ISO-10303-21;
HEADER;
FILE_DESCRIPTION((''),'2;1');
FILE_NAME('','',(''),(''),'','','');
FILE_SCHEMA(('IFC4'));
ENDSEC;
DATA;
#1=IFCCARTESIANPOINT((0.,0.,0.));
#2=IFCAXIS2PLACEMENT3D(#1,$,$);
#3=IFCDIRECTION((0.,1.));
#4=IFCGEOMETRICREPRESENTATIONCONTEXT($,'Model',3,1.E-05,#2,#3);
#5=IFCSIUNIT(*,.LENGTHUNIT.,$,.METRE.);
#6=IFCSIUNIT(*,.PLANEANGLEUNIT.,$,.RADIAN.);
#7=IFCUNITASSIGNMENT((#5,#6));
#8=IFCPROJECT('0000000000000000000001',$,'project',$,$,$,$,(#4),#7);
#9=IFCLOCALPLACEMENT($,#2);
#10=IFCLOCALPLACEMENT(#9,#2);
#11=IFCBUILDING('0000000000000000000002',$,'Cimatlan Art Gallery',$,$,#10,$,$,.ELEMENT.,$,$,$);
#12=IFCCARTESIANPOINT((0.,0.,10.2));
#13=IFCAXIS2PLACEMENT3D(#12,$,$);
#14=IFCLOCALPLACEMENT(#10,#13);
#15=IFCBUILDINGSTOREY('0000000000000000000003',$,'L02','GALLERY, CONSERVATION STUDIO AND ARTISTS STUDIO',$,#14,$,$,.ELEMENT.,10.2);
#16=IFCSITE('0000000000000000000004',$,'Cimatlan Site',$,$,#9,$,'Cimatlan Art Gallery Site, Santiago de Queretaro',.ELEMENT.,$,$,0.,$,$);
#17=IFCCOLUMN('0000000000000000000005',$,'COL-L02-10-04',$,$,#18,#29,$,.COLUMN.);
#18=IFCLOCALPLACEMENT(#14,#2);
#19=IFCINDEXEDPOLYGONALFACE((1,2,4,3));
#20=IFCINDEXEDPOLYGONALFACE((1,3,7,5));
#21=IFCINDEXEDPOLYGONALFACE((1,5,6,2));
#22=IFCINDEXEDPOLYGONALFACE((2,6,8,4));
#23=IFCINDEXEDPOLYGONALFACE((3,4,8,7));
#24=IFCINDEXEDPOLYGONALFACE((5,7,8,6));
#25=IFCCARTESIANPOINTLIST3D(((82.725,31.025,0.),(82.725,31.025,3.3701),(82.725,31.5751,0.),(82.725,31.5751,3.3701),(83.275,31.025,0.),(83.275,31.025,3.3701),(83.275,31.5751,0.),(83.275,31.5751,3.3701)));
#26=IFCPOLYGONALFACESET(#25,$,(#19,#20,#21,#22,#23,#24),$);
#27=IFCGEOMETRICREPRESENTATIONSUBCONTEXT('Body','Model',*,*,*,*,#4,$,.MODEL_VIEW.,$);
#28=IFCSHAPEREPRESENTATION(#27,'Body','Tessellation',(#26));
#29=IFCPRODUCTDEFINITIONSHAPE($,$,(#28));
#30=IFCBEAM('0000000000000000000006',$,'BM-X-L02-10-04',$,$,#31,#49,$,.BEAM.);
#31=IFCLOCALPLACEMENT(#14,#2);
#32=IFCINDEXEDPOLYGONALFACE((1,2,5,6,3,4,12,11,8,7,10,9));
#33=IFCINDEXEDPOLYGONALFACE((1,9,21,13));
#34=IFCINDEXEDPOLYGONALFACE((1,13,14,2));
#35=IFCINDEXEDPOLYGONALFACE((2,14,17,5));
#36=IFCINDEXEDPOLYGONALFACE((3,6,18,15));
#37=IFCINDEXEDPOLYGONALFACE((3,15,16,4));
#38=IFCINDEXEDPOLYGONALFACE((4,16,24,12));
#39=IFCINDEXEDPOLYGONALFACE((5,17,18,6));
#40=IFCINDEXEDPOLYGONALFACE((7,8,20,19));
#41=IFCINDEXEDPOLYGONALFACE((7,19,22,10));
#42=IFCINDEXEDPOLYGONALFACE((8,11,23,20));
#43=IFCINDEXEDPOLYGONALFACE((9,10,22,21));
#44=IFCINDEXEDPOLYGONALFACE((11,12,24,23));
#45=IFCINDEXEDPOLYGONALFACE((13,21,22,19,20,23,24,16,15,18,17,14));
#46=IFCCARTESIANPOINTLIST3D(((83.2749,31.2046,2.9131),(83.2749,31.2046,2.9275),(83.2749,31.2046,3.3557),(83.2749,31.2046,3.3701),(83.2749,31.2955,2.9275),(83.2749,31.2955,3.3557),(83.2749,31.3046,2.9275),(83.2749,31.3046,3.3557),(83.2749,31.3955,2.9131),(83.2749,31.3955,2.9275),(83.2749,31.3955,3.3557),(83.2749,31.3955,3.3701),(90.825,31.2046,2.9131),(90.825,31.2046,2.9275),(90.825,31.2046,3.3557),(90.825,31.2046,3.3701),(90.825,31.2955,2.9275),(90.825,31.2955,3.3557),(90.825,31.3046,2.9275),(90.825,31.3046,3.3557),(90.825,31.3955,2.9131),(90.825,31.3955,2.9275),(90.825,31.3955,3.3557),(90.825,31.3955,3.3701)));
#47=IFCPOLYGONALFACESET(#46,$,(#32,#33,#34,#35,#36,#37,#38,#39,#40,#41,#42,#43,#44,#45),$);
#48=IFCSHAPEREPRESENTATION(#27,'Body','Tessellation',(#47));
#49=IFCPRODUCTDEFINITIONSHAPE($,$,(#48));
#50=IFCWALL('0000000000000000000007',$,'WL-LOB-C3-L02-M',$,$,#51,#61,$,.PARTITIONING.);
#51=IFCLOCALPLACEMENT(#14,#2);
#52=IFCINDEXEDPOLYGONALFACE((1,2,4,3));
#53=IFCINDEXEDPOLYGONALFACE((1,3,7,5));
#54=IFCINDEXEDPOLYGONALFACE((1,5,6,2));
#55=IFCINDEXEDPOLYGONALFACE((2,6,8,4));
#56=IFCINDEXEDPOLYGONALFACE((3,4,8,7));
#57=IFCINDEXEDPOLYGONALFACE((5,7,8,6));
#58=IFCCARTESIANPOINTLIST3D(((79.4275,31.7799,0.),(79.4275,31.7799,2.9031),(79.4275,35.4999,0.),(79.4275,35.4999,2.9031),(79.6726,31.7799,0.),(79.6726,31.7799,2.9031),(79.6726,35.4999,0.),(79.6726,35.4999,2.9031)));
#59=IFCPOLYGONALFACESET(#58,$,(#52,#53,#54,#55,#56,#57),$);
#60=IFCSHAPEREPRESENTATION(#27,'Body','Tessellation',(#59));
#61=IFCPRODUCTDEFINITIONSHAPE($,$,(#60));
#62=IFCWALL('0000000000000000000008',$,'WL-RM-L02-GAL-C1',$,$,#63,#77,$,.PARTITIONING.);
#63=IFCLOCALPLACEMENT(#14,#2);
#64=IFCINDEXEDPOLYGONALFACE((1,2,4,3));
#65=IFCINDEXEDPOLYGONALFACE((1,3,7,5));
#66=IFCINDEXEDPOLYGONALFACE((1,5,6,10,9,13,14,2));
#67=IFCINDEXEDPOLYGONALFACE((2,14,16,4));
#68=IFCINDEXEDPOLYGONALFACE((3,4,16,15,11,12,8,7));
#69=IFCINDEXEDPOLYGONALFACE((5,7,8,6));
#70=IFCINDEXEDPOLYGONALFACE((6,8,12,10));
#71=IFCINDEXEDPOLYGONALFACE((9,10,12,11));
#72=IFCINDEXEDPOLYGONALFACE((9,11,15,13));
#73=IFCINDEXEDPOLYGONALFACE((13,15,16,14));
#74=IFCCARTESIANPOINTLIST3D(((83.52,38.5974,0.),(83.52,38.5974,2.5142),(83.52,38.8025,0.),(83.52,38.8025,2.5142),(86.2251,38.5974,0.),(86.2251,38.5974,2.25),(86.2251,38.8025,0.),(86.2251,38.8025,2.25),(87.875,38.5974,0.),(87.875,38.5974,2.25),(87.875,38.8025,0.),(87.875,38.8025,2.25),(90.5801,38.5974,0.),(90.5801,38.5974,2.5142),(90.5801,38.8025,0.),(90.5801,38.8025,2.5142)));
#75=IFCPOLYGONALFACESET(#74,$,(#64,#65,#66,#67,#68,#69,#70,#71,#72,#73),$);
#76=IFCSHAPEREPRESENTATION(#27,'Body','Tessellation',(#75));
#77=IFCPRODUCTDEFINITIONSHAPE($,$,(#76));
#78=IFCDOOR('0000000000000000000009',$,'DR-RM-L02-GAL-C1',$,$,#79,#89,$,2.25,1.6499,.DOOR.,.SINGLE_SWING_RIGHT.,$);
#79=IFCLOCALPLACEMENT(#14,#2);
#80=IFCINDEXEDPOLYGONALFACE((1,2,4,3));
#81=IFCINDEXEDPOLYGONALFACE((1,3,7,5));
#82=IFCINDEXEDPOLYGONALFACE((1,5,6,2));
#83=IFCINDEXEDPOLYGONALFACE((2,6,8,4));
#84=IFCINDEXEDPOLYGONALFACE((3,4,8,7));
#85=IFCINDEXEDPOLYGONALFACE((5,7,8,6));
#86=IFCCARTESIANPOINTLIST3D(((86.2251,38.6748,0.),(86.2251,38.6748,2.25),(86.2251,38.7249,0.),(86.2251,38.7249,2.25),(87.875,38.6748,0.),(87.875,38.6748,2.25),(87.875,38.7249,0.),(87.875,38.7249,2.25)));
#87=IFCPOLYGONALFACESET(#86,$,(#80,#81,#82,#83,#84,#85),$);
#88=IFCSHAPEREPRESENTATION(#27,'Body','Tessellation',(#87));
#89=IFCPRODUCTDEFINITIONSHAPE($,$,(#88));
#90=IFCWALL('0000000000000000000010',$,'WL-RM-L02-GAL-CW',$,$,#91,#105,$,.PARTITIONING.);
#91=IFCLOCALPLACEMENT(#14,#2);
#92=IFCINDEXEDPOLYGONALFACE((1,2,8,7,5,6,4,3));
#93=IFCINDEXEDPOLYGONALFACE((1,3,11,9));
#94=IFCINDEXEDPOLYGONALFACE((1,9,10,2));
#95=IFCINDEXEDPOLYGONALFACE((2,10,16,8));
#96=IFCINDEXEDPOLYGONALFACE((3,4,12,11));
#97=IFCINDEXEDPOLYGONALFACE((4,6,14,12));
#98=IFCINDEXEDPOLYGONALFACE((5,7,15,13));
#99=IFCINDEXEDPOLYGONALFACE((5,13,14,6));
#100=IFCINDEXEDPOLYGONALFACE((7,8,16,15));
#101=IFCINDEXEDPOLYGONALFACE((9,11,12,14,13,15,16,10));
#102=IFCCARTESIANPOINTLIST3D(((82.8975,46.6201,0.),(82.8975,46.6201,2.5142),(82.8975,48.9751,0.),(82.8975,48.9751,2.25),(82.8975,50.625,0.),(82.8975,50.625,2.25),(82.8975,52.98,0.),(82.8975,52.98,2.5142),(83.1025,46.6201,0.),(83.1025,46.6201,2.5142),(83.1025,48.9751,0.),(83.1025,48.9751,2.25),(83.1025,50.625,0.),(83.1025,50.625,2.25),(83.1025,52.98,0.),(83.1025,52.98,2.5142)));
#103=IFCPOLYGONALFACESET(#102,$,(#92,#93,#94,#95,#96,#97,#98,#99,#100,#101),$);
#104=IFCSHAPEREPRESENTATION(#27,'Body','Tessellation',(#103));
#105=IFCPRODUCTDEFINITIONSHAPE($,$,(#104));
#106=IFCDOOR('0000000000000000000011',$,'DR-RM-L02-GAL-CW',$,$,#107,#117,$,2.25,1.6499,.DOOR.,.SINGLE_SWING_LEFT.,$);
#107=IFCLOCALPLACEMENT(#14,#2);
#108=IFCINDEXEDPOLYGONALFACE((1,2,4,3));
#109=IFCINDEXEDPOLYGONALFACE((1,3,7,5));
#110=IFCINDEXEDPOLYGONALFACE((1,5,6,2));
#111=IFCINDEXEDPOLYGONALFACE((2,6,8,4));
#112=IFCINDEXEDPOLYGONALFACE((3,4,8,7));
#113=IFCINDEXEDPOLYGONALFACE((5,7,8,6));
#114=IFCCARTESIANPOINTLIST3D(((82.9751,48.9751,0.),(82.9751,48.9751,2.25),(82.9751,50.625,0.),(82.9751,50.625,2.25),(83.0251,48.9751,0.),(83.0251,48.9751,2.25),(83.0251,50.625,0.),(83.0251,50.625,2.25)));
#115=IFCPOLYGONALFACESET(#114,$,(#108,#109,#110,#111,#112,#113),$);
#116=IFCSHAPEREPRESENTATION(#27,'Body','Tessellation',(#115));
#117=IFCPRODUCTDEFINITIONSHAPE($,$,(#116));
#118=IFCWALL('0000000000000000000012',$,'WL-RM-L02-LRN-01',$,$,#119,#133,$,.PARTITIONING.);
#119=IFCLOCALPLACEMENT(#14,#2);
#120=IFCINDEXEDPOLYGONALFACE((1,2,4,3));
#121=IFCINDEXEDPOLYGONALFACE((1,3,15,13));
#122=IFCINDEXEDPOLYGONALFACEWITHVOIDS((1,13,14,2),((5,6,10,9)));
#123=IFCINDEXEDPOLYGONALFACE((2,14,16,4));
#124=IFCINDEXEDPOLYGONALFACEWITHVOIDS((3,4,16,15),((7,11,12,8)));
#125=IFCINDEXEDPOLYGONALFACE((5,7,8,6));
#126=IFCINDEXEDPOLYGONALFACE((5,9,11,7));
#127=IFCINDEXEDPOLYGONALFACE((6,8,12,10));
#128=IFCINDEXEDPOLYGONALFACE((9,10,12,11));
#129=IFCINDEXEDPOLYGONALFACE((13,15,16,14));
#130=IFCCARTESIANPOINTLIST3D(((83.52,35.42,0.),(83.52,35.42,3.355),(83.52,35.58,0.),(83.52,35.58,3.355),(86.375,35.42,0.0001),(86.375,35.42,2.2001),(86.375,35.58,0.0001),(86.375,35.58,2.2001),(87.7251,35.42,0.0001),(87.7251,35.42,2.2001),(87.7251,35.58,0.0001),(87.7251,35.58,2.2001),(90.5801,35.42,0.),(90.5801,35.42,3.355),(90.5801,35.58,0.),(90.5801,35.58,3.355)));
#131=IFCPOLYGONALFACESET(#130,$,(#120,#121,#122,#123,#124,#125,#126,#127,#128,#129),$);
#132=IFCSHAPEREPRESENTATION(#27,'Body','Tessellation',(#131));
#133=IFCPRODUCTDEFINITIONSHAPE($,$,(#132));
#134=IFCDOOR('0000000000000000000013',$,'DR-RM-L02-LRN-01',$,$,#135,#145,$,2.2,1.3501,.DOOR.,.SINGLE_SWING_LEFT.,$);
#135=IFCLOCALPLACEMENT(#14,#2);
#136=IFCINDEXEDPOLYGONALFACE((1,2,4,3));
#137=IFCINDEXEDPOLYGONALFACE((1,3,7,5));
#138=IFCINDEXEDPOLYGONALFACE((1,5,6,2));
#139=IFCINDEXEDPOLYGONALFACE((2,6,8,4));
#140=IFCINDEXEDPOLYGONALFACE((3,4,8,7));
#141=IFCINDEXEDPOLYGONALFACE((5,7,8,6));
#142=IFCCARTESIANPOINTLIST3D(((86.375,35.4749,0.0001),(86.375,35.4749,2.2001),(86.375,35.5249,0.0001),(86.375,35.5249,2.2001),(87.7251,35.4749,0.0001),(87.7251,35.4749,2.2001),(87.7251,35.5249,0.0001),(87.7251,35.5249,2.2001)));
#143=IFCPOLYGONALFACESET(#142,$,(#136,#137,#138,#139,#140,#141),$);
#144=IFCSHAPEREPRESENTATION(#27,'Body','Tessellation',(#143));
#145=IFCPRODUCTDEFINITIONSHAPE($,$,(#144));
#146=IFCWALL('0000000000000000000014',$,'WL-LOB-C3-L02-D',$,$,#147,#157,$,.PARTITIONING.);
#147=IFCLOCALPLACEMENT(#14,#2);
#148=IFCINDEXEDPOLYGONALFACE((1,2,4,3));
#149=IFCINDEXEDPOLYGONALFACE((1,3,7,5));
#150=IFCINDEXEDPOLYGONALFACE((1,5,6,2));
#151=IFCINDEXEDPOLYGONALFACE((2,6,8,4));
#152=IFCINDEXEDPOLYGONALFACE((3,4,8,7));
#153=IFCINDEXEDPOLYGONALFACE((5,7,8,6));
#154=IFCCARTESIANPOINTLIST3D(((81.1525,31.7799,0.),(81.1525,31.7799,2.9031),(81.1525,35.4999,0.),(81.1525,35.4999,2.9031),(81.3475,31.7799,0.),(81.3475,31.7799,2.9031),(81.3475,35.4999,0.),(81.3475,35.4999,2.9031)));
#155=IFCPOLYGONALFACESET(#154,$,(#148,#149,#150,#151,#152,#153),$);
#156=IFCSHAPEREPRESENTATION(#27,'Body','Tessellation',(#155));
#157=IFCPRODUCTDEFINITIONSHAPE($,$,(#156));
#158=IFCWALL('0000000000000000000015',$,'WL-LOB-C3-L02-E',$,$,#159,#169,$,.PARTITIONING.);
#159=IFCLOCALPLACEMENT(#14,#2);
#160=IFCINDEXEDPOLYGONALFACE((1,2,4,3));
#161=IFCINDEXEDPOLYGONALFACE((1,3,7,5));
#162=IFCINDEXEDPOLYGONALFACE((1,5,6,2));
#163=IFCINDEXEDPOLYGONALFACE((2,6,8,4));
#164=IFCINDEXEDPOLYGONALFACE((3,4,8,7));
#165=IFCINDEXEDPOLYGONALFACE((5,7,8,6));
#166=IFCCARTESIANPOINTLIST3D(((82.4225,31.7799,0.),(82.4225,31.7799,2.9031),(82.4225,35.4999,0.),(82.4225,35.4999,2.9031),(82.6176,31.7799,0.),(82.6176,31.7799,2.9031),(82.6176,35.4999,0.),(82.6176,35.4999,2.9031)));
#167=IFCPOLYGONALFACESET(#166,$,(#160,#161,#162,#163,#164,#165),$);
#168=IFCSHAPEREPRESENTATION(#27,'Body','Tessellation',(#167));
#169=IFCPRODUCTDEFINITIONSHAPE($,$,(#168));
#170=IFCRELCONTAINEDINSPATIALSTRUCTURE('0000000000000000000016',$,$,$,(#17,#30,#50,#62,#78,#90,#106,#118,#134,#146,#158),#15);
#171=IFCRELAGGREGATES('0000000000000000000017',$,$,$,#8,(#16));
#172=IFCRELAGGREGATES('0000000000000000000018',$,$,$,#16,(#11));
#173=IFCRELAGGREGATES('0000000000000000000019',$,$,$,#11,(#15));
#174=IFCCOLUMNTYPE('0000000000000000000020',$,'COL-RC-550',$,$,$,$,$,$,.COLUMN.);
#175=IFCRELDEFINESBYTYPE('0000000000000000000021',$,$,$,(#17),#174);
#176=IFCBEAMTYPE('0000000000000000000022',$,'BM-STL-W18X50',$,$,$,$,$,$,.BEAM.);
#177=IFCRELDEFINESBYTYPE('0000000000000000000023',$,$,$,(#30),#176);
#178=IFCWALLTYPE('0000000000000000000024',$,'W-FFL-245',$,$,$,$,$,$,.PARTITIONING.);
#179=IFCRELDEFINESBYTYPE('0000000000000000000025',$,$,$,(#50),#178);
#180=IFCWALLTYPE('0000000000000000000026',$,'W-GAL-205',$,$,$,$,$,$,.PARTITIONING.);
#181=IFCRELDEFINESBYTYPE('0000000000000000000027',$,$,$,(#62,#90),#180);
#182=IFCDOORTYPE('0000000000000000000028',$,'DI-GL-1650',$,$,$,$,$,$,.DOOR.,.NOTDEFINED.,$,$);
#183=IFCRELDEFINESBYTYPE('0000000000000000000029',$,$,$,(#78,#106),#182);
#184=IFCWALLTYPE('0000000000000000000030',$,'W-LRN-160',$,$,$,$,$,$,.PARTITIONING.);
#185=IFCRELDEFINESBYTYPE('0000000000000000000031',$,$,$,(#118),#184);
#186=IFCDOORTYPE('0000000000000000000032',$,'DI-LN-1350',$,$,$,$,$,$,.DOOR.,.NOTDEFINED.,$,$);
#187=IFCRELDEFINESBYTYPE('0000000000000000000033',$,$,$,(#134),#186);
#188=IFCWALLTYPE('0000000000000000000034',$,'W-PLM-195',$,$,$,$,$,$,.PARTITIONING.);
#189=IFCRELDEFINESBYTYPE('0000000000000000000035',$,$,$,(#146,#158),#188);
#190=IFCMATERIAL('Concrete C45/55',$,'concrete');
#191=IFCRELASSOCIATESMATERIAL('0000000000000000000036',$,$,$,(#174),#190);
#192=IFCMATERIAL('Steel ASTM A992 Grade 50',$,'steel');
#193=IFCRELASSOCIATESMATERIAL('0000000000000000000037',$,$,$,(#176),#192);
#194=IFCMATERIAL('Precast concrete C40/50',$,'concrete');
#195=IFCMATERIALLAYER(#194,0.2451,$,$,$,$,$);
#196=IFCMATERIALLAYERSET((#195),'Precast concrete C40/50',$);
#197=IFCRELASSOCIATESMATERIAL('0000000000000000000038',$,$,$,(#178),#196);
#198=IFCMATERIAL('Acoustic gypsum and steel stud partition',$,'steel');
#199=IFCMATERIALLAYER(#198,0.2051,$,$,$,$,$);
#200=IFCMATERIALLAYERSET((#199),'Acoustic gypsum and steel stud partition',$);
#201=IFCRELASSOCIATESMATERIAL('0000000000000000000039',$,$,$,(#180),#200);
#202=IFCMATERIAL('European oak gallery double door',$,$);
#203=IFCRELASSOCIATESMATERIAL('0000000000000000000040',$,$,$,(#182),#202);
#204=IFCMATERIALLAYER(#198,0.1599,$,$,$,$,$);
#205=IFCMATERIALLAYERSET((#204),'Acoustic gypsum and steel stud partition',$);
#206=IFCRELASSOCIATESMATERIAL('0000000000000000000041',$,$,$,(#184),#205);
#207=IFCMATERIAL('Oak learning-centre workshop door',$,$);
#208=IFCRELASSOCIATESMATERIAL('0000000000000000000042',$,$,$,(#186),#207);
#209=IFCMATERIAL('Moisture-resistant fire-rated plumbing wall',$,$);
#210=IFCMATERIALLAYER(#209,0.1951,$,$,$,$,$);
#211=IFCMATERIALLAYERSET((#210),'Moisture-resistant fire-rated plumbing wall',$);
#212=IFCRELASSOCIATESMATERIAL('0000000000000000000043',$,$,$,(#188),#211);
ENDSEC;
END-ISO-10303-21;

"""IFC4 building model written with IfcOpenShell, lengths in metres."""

from ifc_helpers import new_model, si_unit, direction, frame, frame_2d, origin, origin_2d, place, context, subcontext, project, spatial, rectangle, i_section, extrude, material, layer, layer_set, material_profile, profile_set, type_object, element, fill, save


model = new_model("IFC4")

# Units and contexts
model_context = context("Model", 3, precision=1e-05, world=origin(), true_north=direction((0.0, 1.0)))
body_context = subcontext(model_context, "Body", "Model", "MODEL_VIEW")
ifc_project = project(units=[si_unit("LENGTHUNIT", "METRE"), si_unit("PLANEANGLEUNIT", "RADIAN")], contexts=[model_context])

# Site, building, storey
site_placement = place(None, origin())
site = spatial("IfcSite", under=ifc_project, at=site_placement, Name="Cimatlan Site", LongName="Cimatlan Art Gallery Site, Santiago de Queretaro", CompositionType="ELEMENT", RefElevation=0.0)
building_placement = place(site_placement, origin())
building = spatial("IfcBuilding", under=site, at=building_placement, Name="Cimatlan Art Gallery", CompositionType="ELEMENT")
storey_placement = place(building_placement, frame((0.0, 0.0, 10.2)))
storey = spatial("IfcBuildingStorey", under=building, at=storey_placement, Name="L02", Description="GALLERY, CONSERVATION STUDIO AND ARTISTS STUDIO", CompositionType="ELEMENT", Elevation=10.2)

# Column
ifc_material_1 = material(Name="Concrete C45/55", Category="concrete")
ifc_material_profile_1 = material_profile(ifc_material_1, rectangle(XDim=0.55, YDim=0.55, at=origin_2d()), Name="RC550X550")
ifc_profile_set_1 = profile_set([ifc_material_profile_1], Name="Concrete C45/55")
column_type = type_object("IfcColumnType", Name="COL-RC-550", PredefinedType="COLUMN", material=ifc_profile_set_1)
column_placement = place(storey_placement, frame((83.0, 31.3, 0.0), z_axis=(0.0, 0.0, 1.0), x_axis=(1.0, 0.0, 0.0)))
element("IfcColumn", 1, at=column_placement, inside=storey, type_object=column_type, Name="COL-L02-10-04", PredefinedType="COLUMN", context=body_context, shape_type="SweptSolid", body=[
    extrude(rectangle(XDim=0.55, YDim=0.55, at=origin_2d()), origin(), (0.0, 0.0, 1.0), 3.3701),
])

# Beam
ifc_material_2 = material(Name="Steel ASTM A992 Grade 50", Category="steel")
ifc_material_profile_2 = material_profile(ifc_material_2, i_section(OverallWidth=0.1909, OverallDepth=0.457, WebThickness=0.009, FlangeThickness=0.0144, at=origin_2d()), Name="W18X50")
ifc_profile_set_2 = profile_set([ifc_material_profile_2], Name="Steel ASTM A992 Grade 50")
beam_type = type_object("IfcBeamType", Name="BM-STL-W18X50", PredefinedType="BEAM", material=ifc_profile_set_2)
beam_placement = place(storey_placement, frame((83.2749, 31.3, 3.1416), z_axis=(1.0, 0.0, 0.0), x_axis=(0.0, 1.0, 0.0)))
element("IfcBeam", 2, at=beam_placement, inside=storey, type_object=beam_type, Name="BM-X-L02-10-04", PredefinedType="BEAM", context=body_context, shape_type="SweptSolid", body=[
    extrude(i_section(OverallWidth=0.1909, OverallDepth=0.457, WebThickness=0.009, FlangeThickness=0.0144, at=origin_2d()), origin(), (0.0, 0.0, 1.0), 7.55),
])

# Wall
ifc_material_3 = material(Name="Precast concrete C40/50", Category="concrete")
ifc_layer_1 = layer(ifc_material_3, 0.2451)
ifc_layer_set_1 = layer_set([ifc_layer_1], Name="Precast concrete C40/50")
wall_type_1 = type_object("IfcWallType", Name="W-FFL-245", PredefinedType="PARTITIONING", material=ifc_layer_set_1)
wall_1_placement = place(storey_placement, frame((79.55, 31.78, 0.0), z_axis=(0.0, 0.0, 1.0), x_axis=(0.0, 1.0, 0.0)))
element("IfcWall", 3, at=wall_1_placement, inside=storey, type_object=wall_type_1, Name="WL-LOB-C3-L02-M", PredefinedType="PARTITIONING", context=body_context, shape_type="SweptSolid", body=[
    extrude(rectangle(XDim=3.72, YDim=0.2451, at=frame_2d((1.8599, 0.0))), origin(), (0.0, 0.0, 1.0), 2.9031),
])

# Walls, openings, doors
ifc_material_4 = material(Name="Acoustic gypsum and steel stud partition", Category="steel")
ifc_layer_2 = layer(ifc_material_4, 0.2051)
ifc_layer_set_2 = layer_set([ifc_layer_2], Name="Acoustic gypsum and steel stud partition")
wall_type_2 = type_object("IfcWallType", Name="W-GAL-205", PredefinedType="PARTITIONING", material=ifc_layer_set_2)
wall_2_placement = place(storey_placement, frame((83.52, 38.7, 0.0), z_axis=(0.0, 0.0, 1.0), x_axis=(1.0, 0.0, 0.0)))
wall_2 = element("IfcWall", 4, at=wall_2_placement, inside=storey, type_object=wall_type_2, Name="WL-RM-L02-GAL-C1", PredefinedType="PARTITIONING", context=body_context, shape_type="SweptSolid", body=[
    extrude(rectangle(XDim=7.0601, YDim=0.2051, at=frame_2d((3.53, 0.0))), origin(), (0.0, 0.0, 1.0), 2.5142),
])
opening_1_placement = place(wall_2_placement, frame((2.7051, 0.0, 0.0)))
opening_1 = element("IfcOpeningElement", 5, at=opening_1_placement, cuts=wall_2, PredefinedType="OPENING", context=body_context, shape_type="SweptSolid", body=[
    extrude(rectangle(XDim=1.6499, YDim=2.25, at=frame_2d((0.825, 1.125))), frame((0.0, 0.1125, 0.0), z_axis=(0.0, -1.0, 0.0), x_axis=(1.0, 0.0, 0.0)), (0.0, 0.0, 1.0), 0.2251),
])
ifc_material_5 = material(Name="European oak gallery double door")
door_type_1 = type_object("IfcDoorType", Name="DI-GL-1650", OperationType="NOTDEFINED", PredefinedType="DOOR", material=ifc_material_5)
door_1_placement = place(opening_1_placement, origin())
door_1 = element("IfcDoor", 6, at=door_1_placement, inside=storey, type_object=door_type_1, Name="DR-RM-L02-GAL-C1", OperationType="SINGLE_SWING_RIGHT", OverallHeight=2.25, OverallWidth=1.6499, PredefinedType="DOOR", context=body_context, shape_type="SweptSolid", body=[
    extrude(rectangle(XDim=1.6499, YDim=2.25, at=frame_2d((0.825, 1.125))), frame((0.0, 0.0249, 0.0), z_axis=(0.0, -1.0, 0.0), x_axis=(1.0, 0.0, 0.0)), (0.0, 0.0, 1.0), 0.05),
])
fill(opening_1, door_1)
wall_3_placement = place(storey_placement, frame((83.0, 46.6201, 0.0), z_axis=(0.0, 0.0, 1.0), x_axis=(0.0, 1.0, 0.0)))
wall_3 = element("IfcWall", 7, at=wall_3_placement, inside=storey, type_object=wall_type_2, Name="WL-RM-L02-GAL-CW", PredefinedType="PARTITIONING", context=body_context, shape_type="SweptSolid", body=[
    extrude(rectangle(XDim=6.3599, YDim=0.2051, at=frame_2d((3.1799, 0.0))), origin(), (0.0, 0.0, 1.0), 2.5142),
])
opening_2_placement = place(wall_3_placement, frame((2.355, 0.0, 0.0)))
opening_2 = element("IfcOpeningElement", 8, at=opening_2_placement, cuts=wall_3, PredefinedType="OPENING", context=body_context, shape_type="SweptSolid", body=[
    extrude(rectangle(XDim=1.6499, YDim=2.25, at=frame_2d((0.825, 1.125))), frame((0.0, 0.1125, 0.0), z_axis=(0.0, -1.0, 0.0), x_axis=(1.0, 0.0, 0.0)), (0.0, 0.0, 1.0), 0.2251),
])
door_2_placement = place(opening_2_placement, origin())
door_2 = element("IfcDoor", 9, at=door_2_placement, inside=storey, type_object=door_type_1, Name="DR-RM-L02-GAL-CW", OperationType="SINGLE_SWING_LEFT", OverallHeight=2.25, OverallWidth=1.6499, PredefinedType="DOOR", context=body_context, shape_type="SweptSolid", body=[
    extrude(rectangle(XDim=1.6499, YDim=2.25, at=frame_2d((0.825, 1.125))), frame((0.0, 0.0249, 0.0), z_axis=(0.0, -1.0, 0.0), x_axis=(1.0, 0.0, 0.0)), (0.0, 0.0, 1.0), 0.05),
])
fill(opening_2, door_2)
ifc_layer_3 = layer(ifc_material_4, 0.1599)
ifc_layer_set_3 = layer_set([ifc_layer_3], Name="Acoustic gypsum and steel stud partition")
wall_type_3 = type_object("IfcWallType", Name="W-LRN-160", PredefinedType="PARTITIONING", material=ifc_layer_set_3)
wall_4_placement = place(storey_placement, frame((83.52, 35.5, 0.0), z_axis=(0.0, 0.0, 1.0), x_axis=(1.0, 0.0, 0.0)))
wall_4 = element("IfcWall", 10, at=wall_4_placement, inside=storey, type_object=wall_type_3, Name="WL-RM-L02-LRN-01", PredefinedType="PARTITIONING", context=body_context, shape_type="SweptSolid", body=[
    extrude(rectangle(XDim=7.0601, YDim=0.1599, at=frame_2d((3.53, 0.0))), origin(), (0.0, 0.0, 1.0), 3.355),
])
opening_3_placement = place(wall_4_placement, frame((2.855, 0.0, 0.0)))
opening_3 = element("IfcOpeningElement", 11, at=opening_3_placement, cuts=wall_4, PredefinedType="OPENING", context=body_context, shape_type="SweptSolid", body=[
    extrude(rectangle(XDim=1.3501, YDim=2.2, at=frame_2d((0.675, 1.1001))), frame((0.0, 0.0898, 0.0), z_axis=(0.0, -1.0, 0.0), x_axis=(1.0, 0.0, 0.0)), (0.0, 0.0, 1.0), 0.1799),
])
ifc_material_6 = material(Name="Oak learning-centre workshop door")
door_type_2 = type_object("IfcDoorType", Name="DI-LN-1350", OperationType="NOTDEFINED", PredefinedType="DOOR", material=ifc_material_6)
door_3_placement = place(opening_3_placement, origin())
door_3 = element("IfcDoor", 12, at=door_3_placement, inside=storey, type_object=door_type_2, Name="DR-RM-L02-LRN-01", OperationType="SINGLE_SWING_LEFT", OverallHeight=2.2, OverallWidth=1.3501, PredefinedType="DOOR", context=body_context, shape_type="SweptSolid", body=[
    extrude(rectangle(XDim=1.3501, YDim=2.2, at=frame_2d((0.675, 1.1001))), frame((0.0, 0.0249, 0.0), z_axis=(0.0, -1.0, 0.0), x_axis=(1.0, 0.0, 0.0)), (0.0, 0.0, 1.0), 0.05),
])
fill(opening_3, door_3)

# Walls
ifc_material_7 = material(Name="Moisture-resistant fire-rated plumbing wall")
ifc_layer_4 = layer(ifc_material_7, 0.1951)
ifc_layer_set_4 = layer_set([ifc_layer_4], Name="Moisture-resistant fire-rated plumbing wall")
wall_type_4 = type_object("IfcWallType", Name="W-PLM-195", PredefinedType="PARTITIONING", material=ifc_layer_set_4)
for number, where, z_axis, x_axis, name in (
    (13, (81.25, 31.78, 0.0), (0.0, 0.0, 1.0), (0.0, 1.0, 0.0), "WL-LOB-C3-L02-D"),
    (14, (82.52, 31.78, 0.0), (0.0, 0.0, 1.0), (0.0, 1.0, 0.0), "WL-LOB-C3-L02-E"),
):
    element("IfcWall", number, at=place(storey_placement, frame(where, z_axis=z_axis, x_axis=x_axis)), inside=storey, type_object=wall_type_4, Name=name, PredefinedType="PARTITIONING", context=body_context, shape_type="SweptSolid", body=[
        extrude(rectangle(XDim=3.72, YDim=0.1951, at=frame_2d((1.8599, 0.0))), origin(), (0.0, 0.0, 1.0), 2.9031),
    ])

save(model, "model.ifc")
